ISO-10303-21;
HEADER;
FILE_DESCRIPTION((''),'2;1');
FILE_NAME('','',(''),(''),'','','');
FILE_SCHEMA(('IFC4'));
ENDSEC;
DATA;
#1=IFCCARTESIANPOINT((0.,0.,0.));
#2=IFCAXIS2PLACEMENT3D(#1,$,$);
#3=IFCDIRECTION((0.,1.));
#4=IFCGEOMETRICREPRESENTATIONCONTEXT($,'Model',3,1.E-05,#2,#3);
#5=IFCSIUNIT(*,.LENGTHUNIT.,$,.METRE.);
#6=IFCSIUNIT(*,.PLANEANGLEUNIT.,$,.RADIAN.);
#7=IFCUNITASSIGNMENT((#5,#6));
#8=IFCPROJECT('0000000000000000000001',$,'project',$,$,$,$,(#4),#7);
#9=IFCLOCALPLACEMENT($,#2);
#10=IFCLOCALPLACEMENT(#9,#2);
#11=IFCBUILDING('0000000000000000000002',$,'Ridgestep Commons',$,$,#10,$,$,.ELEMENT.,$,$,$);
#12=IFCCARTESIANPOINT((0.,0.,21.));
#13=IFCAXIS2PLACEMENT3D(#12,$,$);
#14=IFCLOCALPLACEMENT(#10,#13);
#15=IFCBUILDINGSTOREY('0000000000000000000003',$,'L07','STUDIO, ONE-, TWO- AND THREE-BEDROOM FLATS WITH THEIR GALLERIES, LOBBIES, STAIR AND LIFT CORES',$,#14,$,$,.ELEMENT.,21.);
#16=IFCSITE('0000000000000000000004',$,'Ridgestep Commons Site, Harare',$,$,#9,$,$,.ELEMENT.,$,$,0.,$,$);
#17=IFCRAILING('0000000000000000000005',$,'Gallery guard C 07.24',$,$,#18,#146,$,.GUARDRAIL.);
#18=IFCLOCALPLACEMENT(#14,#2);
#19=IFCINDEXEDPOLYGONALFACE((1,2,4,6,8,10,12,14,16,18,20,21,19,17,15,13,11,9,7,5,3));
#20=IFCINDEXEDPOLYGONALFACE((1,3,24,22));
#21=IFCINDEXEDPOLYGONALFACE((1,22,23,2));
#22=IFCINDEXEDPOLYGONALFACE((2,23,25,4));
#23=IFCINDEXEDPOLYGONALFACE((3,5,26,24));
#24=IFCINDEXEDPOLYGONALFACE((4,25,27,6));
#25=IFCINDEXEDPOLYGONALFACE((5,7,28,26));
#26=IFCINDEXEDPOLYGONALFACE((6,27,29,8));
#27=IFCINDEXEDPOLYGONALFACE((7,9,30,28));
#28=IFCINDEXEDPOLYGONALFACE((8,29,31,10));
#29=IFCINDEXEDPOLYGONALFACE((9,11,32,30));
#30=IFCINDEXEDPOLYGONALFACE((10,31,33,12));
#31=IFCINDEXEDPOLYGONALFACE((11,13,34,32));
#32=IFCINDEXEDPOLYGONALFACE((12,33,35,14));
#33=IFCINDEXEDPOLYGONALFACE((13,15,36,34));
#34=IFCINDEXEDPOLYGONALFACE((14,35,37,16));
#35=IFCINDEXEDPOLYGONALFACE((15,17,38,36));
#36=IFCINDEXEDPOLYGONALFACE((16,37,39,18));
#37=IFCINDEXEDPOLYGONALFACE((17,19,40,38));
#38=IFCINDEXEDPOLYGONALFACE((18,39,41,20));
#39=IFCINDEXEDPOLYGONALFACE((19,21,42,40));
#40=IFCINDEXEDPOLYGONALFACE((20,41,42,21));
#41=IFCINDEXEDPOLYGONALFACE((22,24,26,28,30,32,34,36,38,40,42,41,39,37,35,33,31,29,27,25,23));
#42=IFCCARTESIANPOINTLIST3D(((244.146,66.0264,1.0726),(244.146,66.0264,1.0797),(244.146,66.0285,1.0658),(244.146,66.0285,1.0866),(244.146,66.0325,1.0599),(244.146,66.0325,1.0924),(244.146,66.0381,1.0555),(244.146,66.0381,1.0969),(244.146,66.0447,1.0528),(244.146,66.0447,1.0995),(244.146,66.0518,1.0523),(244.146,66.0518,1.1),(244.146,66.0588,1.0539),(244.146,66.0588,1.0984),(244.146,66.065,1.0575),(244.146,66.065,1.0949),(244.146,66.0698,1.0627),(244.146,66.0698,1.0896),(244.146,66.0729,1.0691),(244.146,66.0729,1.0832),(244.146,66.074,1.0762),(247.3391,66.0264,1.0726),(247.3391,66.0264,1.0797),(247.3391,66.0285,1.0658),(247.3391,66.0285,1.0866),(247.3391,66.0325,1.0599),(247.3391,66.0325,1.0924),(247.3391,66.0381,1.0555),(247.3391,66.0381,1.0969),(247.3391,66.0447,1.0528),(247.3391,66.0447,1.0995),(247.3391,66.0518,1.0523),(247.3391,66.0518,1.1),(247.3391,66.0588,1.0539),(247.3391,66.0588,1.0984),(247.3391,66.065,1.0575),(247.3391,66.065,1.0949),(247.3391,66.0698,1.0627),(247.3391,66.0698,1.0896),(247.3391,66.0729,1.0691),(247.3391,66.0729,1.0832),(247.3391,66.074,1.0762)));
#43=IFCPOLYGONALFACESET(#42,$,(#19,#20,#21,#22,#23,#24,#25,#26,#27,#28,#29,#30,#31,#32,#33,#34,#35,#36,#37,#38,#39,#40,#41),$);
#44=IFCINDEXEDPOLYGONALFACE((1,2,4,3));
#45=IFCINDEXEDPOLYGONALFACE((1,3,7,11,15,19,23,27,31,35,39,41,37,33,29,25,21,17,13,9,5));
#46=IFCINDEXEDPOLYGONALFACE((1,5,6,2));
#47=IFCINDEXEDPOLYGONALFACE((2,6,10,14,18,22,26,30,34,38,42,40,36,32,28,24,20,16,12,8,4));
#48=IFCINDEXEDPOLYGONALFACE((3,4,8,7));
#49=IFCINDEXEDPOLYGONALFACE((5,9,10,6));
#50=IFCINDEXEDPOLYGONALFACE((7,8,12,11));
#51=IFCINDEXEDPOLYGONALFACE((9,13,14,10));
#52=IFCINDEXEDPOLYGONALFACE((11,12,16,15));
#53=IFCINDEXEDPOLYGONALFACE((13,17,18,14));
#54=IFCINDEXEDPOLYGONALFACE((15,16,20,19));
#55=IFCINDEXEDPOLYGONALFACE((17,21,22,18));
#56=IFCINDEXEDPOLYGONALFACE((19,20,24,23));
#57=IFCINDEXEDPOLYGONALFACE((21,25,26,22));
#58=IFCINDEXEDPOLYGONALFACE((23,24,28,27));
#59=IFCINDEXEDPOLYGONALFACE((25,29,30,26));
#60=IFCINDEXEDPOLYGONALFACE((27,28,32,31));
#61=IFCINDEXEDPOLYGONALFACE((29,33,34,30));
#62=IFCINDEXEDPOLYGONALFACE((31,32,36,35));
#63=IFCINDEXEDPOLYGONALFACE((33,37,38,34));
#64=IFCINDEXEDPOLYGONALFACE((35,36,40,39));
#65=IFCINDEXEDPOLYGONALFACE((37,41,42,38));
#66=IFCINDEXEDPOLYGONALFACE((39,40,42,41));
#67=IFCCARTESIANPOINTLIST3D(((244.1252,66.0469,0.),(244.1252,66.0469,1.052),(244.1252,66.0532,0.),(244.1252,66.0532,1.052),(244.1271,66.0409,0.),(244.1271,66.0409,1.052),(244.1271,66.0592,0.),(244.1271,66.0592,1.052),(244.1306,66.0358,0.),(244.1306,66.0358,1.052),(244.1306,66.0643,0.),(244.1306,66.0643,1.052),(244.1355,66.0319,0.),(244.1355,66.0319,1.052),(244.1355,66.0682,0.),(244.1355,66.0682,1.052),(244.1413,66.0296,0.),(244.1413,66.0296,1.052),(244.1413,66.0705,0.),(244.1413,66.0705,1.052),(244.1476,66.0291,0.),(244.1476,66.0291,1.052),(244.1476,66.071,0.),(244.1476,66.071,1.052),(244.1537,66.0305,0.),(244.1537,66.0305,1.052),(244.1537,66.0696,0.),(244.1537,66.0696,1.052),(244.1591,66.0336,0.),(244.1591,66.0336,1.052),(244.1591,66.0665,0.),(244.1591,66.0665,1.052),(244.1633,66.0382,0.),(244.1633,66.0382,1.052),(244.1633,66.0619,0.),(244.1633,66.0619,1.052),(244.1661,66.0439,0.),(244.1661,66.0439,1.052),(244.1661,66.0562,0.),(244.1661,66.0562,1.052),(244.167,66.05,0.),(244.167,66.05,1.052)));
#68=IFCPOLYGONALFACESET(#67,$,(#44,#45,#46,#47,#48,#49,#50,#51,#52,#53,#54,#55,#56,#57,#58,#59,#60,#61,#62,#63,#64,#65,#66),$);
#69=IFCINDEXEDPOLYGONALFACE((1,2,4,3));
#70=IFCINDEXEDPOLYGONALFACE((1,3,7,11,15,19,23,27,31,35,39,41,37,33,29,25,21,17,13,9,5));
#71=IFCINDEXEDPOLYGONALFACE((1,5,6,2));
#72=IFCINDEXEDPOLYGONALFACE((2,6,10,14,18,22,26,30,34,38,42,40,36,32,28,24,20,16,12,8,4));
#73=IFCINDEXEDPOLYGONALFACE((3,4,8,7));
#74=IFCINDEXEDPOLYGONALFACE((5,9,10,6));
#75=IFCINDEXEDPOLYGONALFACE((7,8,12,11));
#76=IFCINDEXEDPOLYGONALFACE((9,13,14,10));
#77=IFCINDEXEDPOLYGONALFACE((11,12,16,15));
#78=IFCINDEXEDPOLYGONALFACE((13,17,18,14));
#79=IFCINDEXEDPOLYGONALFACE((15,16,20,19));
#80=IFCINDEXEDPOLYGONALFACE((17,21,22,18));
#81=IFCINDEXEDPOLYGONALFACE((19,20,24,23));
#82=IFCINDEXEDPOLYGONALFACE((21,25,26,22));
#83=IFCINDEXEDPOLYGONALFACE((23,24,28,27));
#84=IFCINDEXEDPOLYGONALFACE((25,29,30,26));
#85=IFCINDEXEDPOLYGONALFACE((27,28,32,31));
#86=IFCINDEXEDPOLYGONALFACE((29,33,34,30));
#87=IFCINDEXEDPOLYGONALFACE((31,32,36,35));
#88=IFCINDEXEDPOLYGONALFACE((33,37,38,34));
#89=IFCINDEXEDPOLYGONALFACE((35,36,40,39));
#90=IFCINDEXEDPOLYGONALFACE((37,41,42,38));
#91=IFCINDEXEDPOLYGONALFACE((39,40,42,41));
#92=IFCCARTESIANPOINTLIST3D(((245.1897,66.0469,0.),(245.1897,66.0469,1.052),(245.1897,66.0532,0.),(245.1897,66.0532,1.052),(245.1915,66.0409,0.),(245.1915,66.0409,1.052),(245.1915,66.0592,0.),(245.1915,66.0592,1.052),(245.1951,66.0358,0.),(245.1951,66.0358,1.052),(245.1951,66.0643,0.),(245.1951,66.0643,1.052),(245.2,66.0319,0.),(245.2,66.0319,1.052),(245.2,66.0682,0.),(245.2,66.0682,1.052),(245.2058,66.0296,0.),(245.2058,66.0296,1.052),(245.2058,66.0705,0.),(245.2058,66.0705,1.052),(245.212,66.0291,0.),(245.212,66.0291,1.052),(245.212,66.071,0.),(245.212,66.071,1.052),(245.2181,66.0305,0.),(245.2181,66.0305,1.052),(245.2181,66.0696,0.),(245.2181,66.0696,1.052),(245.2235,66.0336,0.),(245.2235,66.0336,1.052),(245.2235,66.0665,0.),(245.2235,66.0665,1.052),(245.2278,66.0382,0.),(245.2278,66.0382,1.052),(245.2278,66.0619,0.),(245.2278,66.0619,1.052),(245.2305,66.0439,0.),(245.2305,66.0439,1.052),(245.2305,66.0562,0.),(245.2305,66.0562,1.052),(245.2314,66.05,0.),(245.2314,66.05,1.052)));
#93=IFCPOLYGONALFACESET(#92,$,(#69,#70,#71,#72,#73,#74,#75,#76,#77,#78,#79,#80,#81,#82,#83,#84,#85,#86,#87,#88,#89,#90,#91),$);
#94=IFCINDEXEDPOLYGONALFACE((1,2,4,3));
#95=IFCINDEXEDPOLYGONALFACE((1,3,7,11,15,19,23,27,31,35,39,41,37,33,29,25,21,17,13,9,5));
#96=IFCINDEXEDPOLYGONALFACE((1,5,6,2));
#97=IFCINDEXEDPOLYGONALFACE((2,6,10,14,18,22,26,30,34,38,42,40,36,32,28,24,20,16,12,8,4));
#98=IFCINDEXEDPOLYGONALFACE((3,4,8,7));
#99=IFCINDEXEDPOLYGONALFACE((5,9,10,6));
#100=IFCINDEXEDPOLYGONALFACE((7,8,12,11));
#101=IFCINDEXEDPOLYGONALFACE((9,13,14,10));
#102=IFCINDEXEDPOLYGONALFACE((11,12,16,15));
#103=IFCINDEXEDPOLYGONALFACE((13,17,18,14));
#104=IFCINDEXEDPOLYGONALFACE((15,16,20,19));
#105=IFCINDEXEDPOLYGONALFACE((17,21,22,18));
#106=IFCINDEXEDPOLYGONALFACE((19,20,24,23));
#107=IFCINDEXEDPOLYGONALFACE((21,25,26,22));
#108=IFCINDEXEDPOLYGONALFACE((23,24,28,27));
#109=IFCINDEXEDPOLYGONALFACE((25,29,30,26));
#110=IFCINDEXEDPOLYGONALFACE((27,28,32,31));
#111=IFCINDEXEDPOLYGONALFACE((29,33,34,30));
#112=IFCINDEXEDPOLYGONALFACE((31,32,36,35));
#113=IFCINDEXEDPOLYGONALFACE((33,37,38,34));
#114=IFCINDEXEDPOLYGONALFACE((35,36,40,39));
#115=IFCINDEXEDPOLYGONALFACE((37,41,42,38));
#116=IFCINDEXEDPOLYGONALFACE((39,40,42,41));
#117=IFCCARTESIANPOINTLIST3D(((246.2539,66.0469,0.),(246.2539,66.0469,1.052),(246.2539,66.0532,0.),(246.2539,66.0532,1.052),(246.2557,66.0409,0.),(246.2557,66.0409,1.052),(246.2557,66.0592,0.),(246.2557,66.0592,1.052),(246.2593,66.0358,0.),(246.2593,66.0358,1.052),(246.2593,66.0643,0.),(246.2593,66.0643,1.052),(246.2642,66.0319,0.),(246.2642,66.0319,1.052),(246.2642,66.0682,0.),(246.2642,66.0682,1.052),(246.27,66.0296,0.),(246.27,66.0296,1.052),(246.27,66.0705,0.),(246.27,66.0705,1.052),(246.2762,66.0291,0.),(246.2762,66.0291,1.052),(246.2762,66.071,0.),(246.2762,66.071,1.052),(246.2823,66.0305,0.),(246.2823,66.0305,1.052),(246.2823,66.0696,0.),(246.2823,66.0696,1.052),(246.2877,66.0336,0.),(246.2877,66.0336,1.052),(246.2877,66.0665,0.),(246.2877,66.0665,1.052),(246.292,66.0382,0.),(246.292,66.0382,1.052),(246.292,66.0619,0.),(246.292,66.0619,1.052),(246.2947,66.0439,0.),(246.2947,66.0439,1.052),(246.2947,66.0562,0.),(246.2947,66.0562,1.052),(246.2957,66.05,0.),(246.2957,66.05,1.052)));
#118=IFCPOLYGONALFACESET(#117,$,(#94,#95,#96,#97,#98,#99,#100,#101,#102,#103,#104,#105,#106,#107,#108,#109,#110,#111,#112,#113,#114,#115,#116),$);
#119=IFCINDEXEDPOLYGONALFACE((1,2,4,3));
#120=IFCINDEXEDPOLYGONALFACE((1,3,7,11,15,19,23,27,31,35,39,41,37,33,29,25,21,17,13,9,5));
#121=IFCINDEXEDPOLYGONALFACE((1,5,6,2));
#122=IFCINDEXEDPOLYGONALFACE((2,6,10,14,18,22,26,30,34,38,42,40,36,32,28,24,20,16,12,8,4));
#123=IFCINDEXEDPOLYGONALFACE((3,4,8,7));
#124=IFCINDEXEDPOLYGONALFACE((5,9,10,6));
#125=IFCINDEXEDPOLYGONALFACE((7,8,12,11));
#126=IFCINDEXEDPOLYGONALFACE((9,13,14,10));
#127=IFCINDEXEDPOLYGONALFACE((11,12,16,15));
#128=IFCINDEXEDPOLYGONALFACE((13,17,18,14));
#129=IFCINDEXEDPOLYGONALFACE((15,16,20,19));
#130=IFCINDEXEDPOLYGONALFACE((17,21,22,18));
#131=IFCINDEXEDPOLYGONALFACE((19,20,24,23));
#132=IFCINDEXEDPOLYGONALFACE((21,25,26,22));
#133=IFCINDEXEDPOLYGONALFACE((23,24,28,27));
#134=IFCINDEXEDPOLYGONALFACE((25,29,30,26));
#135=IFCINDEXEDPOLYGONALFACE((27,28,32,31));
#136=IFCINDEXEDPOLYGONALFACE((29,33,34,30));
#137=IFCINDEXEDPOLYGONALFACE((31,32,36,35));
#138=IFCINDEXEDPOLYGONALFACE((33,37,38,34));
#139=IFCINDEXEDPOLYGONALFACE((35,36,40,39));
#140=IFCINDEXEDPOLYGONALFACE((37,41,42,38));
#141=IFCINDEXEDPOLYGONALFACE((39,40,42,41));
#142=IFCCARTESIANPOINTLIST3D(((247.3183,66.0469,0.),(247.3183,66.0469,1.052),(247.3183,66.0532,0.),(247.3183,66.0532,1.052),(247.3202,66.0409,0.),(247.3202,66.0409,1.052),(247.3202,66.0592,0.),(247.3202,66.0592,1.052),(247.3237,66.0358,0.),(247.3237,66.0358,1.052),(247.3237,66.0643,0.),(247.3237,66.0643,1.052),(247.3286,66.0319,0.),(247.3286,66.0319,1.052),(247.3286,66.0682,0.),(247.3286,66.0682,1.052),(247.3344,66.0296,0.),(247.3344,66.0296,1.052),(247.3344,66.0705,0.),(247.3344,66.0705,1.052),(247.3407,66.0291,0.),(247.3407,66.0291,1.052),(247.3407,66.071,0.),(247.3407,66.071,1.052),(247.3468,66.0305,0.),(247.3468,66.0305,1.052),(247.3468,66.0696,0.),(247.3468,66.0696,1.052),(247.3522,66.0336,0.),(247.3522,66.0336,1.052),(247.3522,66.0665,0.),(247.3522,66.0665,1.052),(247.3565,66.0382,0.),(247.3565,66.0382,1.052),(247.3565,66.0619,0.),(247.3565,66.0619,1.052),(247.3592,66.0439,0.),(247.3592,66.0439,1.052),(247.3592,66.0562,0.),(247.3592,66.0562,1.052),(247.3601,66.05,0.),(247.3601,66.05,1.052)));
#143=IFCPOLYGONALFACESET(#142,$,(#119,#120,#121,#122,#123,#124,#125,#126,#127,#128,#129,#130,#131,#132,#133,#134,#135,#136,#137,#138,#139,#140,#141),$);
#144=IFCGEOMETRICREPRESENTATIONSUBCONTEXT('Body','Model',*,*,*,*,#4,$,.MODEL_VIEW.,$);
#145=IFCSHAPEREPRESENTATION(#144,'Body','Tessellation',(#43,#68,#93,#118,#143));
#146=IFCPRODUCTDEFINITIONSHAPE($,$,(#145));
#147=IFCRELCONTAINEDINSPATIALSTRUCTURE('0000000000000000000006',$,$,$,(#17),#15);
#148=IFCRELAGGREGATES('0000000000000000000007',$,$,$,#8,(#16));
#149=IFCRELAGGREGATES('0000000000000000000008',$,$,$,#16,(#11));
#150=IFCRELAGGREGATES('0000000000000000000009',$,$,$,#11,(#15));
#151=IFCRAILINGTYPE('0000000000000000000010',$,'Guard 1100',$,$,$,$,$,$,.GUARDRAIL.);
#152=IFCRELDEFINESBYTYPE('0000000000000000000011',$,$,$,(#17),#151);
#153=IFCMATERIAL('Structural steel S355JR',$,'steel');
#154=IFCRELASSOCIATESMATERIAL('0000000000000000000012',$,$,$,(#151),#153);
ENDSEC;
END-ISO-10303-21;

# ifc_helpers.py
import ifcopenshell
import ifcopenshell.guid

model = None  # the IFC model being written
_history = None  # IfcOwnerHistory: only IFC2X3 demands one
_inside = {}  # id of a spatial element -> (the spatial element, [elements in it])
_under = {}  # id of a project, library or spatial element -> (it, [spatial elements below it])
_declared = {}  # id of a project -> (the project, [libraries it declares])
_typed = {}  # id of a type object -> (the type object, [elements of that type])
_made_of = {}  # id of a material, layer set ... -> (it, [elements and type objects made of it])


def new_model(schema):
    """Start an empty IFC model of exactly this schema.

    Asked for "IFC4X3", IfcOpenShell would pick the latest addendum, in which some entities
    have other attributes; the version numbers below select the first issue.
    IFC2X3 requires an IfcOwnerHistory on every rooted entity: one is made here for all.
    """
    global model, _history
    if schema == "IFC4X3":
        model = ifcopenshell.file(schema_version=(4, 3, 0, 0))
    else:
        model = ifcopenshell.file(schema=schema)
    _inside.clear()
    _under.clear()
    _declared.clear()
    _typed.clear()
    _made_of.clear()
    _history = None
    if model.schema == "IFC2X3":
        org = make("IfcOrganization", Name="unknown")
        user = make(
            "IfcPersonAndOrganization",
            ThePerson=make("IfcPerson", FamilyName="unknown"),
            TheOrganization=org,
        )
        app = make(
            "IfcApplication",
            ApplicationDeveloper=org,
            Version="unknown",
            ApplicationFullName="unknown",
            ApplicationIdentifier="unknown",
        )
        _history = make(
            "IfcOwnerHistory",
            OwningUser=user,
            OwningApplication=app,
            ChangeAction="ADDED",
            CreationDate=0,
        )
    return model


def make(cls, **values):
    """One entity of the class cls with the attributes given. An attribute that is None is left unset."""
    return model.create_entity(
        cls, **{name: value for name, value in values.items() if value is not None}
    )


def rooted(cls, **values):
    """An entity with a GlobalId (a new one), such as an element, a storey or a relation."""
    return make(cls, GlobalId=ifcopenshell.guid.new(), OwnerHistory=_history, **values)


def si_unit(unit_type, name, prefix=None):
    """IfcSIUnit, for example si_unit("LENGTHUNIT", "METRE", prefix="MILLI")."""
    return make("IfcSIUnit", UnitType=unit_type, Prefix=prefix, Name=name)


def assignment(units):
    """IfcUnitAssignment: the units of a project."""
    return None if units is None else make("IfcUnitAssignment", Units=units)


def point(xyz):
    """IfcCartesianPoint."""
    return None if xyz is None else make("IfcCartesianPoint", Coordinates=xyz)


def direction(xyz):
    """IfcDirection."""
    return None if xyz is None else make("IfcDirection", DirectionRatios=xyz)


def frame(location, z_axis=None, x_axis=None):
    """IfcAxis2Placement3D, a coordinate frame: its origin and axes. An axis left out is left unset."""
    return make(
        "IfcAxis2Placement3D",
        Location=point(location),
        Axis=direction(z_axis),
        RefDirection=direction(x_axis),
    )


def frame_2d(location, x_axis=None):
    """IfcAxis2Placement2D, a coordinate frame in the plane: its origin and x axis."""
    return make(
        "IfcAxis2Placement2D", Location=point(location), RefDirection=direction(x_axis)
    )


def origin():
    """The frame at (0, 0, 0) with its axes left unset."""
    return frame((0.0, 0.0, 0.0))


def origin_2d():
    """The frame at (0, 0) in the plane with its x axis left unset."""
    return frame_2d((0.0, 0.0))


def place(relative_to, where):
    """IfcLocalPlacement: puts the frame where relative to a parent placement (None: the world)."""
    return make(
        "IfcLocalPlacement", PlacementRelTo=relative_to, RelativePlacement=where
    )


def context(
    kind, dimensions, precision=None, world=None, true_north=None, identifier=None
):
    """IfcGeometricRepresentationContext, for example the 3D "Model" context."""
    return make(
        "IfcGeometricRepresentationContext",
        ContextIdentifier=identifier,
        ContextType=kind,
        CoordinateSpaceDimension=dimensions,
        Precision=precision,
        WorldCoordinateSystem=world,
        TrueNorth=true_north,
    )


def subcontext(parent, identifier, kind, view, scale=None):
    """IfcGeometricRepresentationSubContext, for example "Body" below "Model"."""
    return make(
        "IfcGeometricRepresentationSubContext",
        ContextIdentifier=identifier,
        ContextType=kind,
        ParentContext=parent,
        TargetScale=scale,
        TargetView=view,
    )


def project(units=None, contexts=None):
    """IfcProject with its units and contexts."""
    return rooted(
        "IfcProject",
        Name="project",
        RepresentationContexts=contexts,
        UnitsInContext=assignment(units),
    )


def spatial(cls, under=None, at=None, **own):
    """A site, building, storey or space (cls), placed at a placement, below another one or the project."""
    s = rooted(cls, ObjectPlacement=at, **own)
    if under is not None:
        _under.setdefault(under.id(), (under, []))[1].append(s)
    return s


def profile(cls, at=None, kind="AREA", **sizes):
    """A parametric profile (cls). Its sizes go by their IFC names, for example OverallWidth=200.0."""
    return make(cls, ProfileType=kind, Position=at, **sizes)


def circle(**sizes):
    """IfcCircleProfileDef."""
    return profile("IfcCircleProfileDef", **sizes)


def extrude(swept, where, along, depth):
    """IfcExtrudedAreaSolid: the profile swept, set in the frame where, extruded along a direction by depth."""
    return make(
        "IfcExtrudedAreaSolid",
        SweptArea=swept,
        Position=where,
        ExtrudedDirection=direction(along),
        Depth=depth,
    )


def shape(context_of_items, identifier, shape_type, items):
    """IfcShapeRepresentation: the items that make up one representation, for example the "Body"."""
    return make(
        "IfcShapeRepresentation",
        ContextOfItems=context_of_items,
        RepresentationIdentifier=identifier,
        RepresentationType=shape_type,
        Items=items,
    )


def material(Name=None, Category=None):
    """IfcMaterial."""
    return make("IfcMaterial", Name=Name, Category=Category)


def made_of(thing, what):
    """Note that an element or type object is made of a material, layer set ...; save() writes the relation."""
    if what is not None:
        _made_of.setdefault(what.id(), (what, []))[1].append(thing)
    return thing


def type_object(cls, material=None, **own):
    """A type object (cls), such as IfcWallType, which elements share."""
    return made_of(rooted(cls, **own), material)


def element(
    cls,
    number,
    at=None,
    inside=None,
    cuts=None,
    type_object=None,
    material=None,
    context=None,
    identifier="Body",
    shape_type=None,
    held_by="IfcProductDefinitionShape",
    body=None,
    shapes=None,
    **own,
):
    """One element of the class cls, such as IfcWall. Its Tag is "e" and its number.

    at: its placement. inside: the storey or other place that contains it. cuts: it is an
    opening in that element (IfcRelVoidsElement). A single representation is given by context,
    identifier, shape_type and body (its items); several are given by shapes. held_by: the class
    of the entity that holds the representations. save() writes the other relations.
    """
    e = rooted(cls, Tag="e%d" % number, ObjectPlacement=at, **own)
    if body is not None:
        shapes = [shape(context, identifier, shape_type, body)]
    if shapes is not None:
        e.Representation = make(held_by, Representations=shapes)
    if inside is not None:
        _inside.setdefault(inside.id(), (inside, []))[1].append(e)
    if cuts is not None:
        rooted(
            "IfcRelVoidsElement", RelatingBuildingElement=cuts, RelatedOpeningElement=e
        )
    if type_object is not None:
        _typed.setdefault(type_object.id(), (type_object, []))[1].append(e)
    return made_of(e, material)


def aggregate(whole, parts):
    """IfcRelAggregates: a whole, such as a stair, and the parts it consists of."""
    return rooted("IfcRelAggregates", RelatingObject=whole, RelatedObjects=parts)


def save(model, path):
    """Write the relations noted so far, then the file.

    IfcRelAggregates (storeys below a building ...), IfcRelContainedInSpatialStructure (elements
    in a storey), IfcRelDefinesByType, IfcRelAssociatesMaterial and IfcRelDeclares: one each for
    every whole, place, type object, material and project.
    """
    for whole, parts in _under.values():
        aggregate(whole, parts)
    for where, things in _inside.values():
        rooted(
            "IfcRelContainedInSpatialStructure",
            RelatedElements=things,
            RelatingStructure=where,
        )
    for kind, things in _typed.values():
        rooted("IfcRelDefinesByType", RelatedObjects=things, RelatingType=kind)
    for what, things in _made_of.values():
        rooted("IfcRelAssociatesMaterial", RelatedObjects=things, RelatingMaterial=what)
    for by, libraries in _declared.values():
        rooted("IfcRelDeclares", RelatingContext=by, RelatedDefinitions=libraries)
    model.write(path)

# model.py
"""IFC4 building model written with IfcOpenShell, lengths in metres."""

from ifc_helpers import new_model, si_unit, direction, frame, origin, origin_2d, place, context, subcontext, project, spatial, circle, extrude, material, type_object, element, save


model = new_model("IFC4")

# Units and contexts
model_context = context("Model", 3, precision=1e-05, world=origin(), true_north=direction((0.0, 1.0)))
body_context = subcontext(model_context, "Body", "Model", "MODEL_VIEW")
ifc_project = project(units=[si_unit("LENGTHUNIT", "METRE"), si_unit("PLANEANGLEUNIT", "RADIAN")], contexts=[model_context])

# Site, building, storey
site_placement = place(None, origin())
site = spatial("IfcSite", under=ifc_project, at=site_placement, Name="Ridgestep Commons Site, Harare", CompositionType="ELEMENT", RefElevation=0.0)
building_placement = place(site_placement, origin())
building = spatial("IfcBuilding", under=site, at=building_placement, Name="Ridgestep Commons", CompositionType="ELEMENT")
storey_placement = place(building_placement, frame((0.0, 0.0, 21.0)))
storey = spatial("IfcBuildingStorey", under=building, at=storey_placement, Name="L07", Description="STUDIO, ONE-, TWO- AND THREE-BEDROOM FLATS WITH THEIR GALLERIES, LOBBIES, STAIR AND LIFT CORES", CompositionType="ELEMENT", Elevation=21.0)

# Railing
ifc_material_1 = material(Name="Structural steel S355JR", Category="steel")
railing_type = type_object("IfcRailingType", Name="Guard 1100", PredefinedType="GUARDRAIL", material=ifc_material_1)
railing_1_placement = place(storey_placement, frame((244.146, 66.05, 0.0)))
element("IfcRailing", 1, at=railing_1_placement, inside=storey, type_object=railing_type, Name="Gallery guard C 07.24", PredefinedType="GUARDRAIL", context=body_context, shape_type="SweptSolid", body=[
    extrude(circle(Radius=0.0239, at=origin_2d()), frame((0.0, 0.0, 1.0762), z_axis=(1.0, 0.0, 0.0), x_axis=(0.0, 1.0, 0.0)), (0.0, 0.0, 1.0), 3.1931),
    extrude(circle(Radius=0.021, at=origin_2d()), origin(), (0.0, 0.0, 1.0), 1.052),
    extrude(circle(Radius=0.021, at=origin_2d()), frame((1.0645, 0.0, 0.0)), (0.0, 0.0, 1.0), 1.052),
    extrude(circle(Radius=0.021, at=origin_2d()), frame((2.1287, 0.0, 0.0)), (0.0, 0.0, 1.0), 1.052),
    extrude(circle(Radius=0.021, at=origin_2d()), frame((3.1931, 0.0, 0.0)), (0.0, 0.0, 1.0), 1.052),
])

save(model, "model.ifc")
